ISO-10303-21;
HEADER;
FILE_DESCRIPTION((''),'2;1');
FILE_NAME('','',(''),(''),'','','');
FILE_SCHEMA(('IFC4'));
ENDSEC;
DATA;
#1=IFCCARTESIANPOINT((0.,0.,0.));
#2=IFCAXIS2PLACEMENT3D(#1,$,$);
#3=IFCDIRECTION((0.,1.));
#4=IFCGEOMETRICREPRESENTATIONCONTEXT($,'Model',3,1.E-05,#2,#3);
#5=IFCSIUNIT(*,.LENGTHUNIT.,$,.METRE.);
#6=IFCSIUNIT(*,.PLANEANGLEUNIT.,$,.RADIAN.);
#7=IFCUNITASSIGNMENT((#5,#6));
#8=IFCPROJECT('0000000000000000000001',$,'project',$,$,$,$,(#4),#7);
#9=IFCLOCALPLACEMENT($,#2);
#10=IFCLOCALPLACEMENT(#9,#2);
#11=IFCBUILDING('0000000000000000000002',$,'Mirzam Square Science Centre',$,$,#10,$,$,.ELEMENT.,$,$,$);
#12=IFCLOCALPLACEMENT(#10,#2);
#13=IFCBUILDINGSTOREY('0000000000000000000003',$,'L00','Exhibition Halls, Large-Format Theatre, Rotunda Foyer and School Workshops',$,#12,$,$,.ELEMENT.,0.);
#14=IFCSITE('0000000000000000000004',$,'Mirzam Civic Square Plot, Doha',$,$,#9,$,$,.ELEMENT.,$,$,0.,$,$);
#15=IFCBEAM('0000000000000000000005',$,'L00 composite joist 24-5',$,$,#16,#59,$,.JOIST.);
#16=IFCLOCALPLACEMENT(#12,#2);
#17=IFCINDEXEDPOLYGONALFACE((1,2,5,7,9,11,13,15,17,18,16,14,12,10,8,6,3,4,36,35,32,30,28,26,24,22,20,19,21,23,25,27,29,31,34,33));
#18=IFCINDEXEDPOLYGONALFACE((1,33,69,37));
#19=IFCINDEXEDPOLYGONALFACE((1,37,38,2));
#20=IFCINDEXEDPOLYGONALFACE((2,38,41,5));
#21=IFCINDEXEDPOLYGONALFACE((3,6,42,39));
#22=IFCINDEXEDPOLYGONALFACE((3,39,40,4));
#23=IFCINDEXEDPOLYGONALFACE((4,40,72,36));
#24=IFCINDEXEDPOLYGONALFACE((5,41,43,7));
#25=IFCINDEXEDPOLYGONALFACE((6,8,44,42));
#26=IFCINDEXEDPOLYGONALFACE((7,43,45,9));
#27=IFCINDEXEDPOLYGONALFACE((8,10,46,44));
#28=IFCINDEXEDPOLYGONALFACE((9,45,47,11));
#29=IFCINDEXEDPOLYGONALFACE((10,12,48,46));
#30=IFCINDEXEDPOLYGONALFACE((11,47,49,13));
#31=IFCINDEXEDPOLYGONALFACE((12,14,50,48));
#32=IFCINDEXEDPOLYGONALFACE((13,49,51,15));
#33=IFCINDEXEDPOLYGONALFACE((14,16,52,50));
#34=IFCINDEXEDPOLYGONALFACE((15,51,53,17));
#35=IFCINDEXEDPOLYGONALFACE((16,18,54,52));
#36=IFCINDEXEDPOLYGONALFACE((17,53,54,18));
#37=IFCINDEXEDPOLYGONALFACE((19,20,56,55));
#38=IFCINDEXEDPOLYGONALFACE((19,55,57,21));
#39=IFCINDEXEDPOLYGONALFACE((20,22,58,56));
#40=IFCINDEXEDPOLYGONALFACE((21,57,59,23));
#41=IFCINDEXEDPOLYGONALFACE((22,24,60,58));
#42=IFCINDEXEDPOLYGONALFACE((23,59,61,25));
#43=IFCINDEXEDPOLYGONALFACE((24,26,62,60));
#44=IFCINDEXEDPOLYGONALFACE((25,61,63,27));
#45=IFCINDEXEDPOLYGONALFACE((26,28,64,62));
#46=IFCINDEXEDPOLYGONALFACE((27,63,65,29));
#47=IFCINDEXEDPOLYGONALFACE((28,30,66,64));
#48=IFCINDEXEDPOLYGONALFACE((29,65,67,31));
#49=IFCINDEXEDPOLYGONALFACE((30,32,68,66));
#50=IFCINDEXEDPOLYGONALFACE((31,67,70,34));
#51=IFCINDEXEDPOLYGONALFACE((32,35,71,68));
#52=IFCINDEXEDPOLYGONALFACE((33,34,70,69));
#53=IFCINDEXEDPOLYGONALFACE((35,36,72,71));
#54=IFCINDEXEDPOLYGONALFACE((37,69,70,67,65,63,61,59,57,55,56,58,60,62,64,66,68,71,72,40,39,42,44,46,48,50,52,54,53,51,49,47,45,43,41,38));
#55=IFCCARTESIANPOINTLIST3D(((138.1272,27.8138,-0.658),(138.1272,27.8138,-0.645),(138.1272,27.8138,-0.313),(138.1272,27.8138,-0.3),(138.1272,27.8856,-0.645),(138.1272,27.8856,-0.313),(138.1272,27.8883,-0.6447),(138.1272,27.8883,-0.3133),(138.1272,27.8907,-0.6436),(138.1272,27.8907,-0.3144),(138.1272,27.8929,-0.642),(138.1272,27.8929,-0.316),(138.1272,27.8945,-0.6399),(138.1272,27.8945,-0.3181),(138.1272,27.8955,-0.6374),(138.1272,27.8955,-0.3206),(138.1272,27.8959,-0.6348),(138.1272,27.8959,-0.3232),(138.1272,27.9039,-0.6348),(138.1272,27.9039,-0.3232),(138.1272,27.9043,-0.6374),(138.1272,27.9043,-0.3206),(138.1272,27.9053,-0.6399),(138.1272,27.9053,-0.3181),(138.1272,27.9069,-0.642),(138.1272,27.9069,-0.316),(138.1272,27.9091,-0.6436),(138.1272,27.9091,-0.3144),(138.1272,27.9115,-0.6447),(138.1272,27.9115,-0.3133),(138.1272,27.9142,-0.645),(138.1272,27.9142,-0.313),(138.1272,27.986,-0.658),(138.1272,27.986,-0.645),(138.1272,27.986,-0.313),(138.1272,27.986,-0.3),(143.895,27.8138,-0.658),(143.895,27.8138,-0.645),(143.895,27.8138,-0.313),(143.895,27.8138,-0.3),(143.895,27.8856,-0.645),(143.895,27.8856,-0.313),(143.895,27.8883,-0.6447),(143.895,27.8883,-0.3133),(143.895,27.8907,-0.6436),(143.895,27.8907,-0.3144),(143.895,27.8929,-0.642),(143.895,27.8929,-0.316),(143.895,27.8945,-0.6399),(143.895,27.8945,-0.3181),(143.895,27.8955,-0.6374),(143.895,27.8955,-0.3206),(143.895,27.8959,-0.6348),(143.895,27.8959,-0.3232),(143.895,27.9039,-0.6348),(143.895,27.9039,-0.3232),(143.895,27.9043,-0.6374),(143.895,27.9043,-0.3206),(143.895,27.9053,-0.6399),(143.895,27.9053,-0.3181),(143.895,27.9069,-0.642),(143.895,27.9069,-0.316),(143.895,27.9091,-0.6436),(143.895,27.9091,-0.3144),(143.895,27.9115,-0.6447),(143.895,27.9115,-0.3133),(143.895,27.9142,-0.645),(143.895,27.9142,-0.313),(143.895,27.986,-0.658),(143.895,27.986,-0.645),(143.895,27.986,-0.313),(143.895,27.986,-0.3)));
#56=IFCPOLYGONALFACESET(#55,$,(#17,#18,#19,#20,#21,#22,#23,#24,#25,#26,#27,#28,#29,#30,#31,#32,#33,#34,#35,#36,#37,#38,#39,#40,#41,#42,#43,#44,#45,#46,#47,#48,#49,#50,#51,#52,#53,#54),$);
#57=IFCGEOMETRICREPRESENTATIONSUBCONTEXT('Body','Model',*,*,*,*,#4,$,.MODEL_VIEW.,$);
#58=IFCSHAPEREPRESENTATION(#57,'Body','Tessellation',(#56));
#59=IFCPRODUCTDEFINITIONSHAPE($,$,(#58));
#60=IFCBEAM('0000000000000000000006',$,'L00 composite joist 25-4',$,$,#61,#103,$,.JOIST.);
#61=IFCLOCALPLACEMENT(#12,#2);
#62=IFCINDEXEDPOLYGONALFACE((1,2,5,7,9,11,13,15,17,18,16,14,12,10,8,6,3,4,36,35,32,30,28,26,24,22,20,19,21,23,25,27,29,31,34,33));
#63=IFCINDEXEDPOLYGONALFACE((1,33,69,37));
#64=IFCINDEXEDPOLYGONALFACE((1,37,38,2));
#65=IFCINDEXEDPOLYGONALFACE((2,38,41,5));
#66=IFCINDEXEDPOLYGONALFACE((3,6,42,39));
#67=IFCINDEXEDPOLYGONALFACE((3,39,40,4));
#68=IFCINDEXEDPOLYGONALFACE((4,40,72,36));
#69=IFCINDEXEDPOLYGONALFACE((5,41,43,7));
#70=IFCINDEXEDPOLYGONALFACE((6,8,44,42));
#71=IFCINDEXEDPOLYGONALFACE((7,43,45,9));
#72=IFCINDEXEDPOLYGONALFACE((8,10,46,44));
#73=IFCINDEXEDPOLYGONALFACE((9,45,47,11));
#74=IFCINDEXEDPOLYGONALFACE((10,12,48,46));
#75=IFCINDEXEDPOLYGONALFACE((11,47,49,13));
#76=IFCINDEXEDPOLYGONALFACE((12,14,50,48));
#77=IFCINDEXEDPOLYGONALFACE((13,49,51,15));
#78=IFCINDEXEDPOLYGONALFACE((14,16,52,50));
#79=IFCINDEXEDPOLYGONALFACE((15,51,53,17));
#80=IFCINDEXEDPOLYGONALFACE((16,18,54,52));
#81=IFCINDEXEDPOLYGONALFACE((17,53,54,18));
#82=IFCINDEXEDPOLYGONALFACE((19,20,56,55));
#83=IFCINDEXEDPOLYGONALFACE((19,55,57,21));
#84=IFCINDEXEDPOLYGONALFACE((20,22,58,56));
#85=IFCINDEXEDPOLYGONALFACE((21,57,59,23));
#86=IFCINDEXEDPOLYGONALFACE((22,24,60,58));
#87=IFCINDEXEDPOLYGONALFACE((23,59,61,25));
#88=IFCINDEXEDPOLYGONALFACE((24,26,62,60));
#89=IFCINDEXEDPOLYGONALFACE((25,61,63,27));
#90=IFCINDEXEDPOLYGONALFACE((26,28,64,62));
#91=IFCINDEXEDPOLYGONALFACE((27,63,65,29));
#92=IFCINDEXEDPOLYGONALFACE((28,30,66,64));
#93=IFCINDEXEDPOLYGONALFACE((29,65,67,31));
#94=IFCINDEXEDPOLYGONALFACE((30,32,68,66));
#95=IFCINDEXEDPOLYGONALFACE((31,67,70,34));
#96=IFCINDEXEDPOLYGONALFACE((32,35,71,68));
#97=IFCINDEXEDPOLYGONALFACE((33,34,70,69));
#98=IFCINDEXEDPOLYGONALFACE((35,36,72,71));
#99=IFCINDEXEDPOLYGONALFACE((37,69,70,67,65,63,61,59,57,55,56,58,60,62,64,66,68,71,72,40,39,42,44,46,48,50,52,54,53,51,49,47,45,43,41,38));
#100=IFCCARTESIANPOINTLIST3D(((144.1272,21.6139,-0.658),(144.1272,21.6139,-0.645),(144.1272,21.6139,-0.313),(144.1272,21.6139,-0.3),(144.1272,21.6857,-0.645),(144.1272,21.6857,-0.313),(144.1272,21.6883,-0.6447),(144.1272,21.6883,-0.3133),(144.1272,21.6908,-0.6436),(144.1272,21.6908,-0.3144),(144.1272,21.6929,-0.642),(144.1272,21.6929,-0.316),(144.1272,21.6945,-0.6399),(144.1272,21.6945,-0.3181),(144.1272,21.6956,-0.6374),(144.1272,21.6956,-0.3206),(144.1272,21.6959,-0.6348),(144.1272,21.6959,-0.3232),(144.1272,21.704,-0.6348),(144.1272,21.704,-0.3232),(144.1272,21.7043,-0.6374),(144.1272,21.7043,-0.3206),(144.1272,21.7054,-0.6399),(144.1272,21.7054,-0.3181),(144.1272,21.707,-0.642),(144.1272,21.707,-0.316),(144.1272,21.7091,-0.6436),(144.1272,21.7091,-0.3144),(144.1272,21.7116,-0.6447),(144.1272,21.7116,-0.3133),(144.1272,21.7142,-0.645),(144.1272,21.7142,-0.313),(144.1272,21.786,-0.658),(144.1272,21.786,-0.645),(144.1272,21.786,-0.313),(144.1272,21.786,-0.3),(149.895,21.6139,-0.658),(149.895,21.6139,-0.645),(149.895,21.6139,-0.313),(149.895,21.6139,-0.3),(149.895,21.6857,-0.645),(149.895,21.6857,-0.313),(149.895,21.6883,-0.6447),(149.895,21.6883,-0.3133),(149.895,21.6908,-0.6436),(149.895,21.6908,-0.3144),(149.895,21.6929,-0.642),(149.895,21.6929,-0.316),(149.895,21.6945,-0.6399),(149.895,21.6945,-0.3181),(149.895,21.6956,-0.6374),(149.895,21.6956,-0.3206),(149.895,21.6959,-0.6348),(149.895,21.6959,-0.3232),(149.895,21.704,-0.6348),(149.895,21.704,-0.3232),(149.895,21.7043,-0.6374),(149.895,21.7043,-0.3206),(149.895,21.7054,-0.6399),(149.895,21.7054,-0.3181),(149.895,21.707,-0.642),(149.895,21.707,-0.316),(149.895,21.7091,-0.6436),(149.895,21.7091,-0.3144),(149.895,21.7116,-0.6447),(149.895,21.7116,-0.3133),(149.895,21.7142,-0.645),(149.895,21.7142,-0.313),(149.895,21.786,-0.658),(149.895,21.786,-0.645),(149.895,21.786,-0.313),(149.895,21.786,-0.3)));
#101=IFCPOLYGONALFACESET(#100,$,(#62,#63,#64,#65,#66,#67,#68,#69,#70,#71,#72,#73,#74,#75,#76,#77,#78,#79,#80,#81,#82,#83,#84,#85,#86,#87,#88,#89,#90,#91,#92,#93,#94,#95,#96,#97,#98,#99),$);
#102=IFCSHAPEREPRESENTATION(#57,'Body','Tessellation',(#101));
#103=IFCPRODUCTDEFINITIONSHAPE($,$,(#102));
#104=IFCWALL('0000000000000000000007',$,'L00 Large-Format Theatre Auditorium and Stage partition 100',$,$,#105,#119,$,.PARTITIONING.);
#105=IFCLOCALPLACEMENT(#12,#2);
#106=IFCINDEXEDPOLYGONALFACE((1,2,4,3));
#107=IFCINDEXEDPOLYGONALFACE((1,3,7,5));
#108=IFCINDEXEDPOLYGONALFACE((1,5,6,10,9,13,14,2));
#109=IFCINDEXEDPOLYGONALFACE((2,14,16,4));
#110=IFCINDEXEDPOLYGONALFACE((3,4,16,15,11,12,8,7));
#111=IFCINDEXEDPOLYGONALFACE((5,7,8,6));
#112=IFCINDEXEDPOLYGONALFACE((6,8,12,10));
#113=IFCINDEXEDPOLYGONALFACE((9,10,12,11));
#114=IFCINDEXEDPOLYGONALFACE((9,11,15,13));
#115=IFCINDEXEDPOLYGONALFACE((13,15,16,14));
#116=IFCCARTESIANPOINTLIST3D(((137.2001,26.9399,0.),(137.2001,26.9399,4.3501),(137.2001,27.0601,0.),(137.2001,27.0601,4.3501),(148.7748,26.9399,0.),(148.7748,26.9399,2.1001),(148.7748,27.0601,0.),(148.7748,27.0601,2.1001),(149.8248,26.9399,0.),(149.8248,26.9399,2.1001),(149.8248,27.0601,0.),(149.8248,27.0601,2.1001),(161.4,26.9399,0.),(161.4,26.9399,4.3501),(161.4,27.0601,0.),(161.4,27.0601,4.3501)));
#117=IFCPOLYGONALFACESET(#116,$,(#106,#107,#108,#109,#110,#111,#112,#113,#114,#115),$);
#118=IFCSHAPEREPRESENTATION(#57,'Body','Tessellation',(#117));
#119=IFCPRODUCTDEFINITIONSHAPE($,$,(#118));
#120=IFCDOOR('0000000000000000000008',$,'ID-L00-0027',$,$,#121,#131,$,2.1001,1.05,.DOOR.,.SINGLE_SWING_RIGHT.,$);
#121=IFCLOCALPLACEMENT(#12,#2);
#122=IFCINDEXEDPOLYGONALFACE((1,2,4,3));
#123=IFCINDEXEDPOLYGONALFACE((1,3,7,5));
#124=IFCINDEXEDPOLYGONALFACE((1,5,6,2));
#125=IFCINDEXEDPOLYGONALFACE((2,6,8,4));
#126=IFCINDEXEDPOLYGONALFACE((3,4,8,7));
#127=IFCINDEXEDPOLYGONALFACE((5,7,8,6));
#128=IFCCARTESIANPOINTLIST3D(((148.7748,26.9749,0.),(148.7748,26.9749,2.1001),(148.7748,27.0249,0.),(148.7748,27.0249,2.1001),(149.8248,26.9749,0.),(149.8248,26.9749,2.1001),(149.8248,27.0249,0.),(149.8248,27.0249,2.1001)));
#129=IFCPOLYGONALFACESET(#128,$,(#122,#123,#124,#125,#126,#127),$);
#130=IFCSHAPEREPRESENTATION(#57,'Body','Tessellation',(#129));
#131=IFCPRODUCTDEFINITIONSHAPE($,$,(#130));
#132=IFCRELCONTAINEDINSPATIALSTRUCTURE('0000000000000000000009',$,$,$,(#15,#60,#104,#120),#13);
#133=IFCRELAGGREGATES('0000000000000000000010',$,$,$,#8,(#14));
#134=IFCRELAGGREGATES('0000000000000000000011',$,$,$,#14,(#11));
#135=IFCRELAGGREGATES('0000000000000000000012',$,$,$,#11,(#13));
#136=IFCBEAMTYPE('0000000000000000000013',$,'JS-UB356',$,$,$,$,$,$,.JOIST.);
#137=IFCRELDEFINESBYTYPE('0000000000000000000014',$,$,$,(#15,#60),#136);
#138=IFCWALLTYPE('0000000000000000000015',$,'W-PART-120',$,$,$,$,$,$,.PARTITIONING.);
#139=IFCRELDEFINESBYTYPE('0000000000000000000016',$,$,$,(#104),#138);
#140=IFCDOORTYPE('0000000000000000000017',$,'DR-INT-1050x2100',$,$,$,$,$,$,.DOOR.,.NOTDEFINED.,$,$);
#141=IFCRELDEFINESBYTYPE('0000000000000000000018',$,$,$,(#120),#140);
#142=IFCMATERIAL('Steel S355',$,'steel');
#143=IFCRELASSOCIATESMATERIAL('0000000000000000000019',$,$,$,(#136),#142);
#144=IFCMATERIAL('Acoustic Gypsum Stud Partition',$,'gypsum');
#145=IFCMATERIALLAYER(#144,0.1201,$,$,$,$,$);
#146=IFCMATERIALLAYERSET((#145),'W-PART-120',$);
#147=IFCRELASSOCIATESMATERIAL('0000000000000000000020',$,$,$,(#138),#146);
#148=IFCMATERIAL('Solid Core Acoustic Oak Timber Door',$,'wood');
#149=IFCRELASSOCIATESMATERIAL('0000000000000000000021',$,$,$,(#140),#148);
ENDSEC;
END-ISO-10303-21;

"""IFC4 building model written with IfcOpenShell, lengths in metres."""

from ifc_helpers import new_model, si_unit, direction, frame, frame_2d, origin, origin_2d, place, context, subcontext, project, spatial, rectangle, i_section, extrude, material, layer, layer_set, material_profile, profile_set, type_object, element, fill, save


model = new_model("IFC4")

# Units and contexts
model_context = context("Model", 3, precision=1e-05, world=origin(), true_north=direction((0.0, 1.0)))
body_context = subcontext(model_context, "Body", "Model", "MODEL_VIEW")
ifc_project = project(units=[si_unit("LENGTHUNIT", "METRE"), si_unit("PLANEANGLEUNIT", "RADIAN")], contexts=[model_context])

# Site, building, storey
site_placement = place(None, origin())
site = spatial("IfcSite", under=ifc_project, at=site_placement, Name="Mirzam Civic Square Plot, Doha", CompositionType="ELEMENT", RefElevation=0.0)
building_placement = place(site_placement, origin())
building = spatial("IfcBuilding", under=site, at=building_placement, Name="Mirzam Square Science Centre", CompositionType="ELEMENT")
storey_placement = place(building_placement, origin())
storey = spatial("IfcBuildingStorey", under=building, at=storey_placement, Name="L00", Description="Exhibition Halls, Large-Format Theatre, Rotunda Foyer and School Workshops", CompositionType="ELEMENT", Elevation=0.0)

# Shared definitions
ifc_material_1 = material(Name="Steel S355", Category="steel")

# Beams
ifc_material_profile_1 = material_profile(ifc_material_1, i_section(OverallWidth=0.1721, OverallDepth=0.3579, WebThickness=0.0081, FlangeThickness=0.0129, FilletRadius=0.0103, at=origin_2d()), Name="356x171x57UB")
ifc_profile_set_1 = profile_set([ifc_material_profile_1], Name="Steel S355")
beam_type_1 = type_object("IfcBeamType", Name="JS-UB356", PredefinedType="JOIST", material=ifc_profile_set_1)
for number, where, z_axis, x_axis, name in (
    (1, (138.1272, 27.8999, -0.479), (1.0, 0.0, 0.0), (0.0, 1.0, 0.0), "L00 composite joist 24-5"),
    (2, (144.1272, 21.7, -0.479), (1.0, 0.0, 0.0), (0.0, 1.0, 0.0), "L00 composite joist 25-4"),
):
    element("IfcBeam", number, at=place(storey_placement, frame(where, z_axis=z_axis, x_axis=x_axis)), inside=storey, type_object=beam_type_1, Name=name, PredefinedType="JOIST", context=body_context, shape_type="SweptSolid", body=[
        extrude(i_section(OverallWidth=0.1721, OverallDepth=0.3579, WebThickness=0.0081, FlangeThickness=0.0129, FilletRadius=0.0103, at=origin_2d()), origin(), (0.0, 0.0, 1.0), 5.7678),
    ])

# Wall, opening, door
ifc_material_2 = material(Name="Acoustic Gypsum Stud Partition", Category="gypsum")
ifc_layer_1 = layer(ifc_material_2, 0.1201)
ifc_layer_set_1 = layer_set([ifc_layer_1], Name="W-PART-120")
wall_type = type_object("IfcWallType", Name="W-PART-120", PredefinedType="PARTITIONING", material=ifc_layer_set_1)
wall_placement = place(storey_placement, frame((137.2, 27.0, 0.0), z_axis=(0.0, 0.0, 1.0), x_axis=(1.0, 0.0, 0.0)))
wall = element("IfcWall", 3, at=wall_placement, inside=storey, type_object=wall_type, Name="L00 Large-Format Theatre Auditorium and Stage partition 100", PredefinedType="PARTITIONING", context=body_context, shape_type="SweptSolid", body=[
    extrude(rectangle(XDim=24.2, YDim=0.1201, at=frame_2d((12.1001, 0.0))), origin(), (0.0, 0.0, 1.0), 4.3501),
])
opening_placement = place(wall_placement, frame((11.575, 0.0, 0.0)))
opening = element("IfcOpeningElement", 4, at=opening_placement, cuts=wall, PredefinedType="OPENING", context=body_context, shape_type="SweptSolid", body=[
    extrude(rectangle(XDim=1.05, YDim=2.1001, at=frame_2d((0.5249, 1.05))), frame((0.0, 0.0701, 0.0), z_axis=(0.0, -1.0, 0.0), x_axis=(1.0, 0.0, 0.0)), (0.0, 0.0, 1.0), 0.1401),
])
ifc_material_3 = material(Name="Solid Core Acoustic Oak Timber Door", Category="wood")
door_type = type_object("IfcDoorType", Name="DR-INT-1050x2100", OperationType="NOTDEFINED", PredefinedType="DOOR", material=ifc_material_3)
door_placement = place(opening_placement, origin())
door = element("IfcDoor", 5, at=door_placement, inside=storey, type_object=door_type, Name="ID-L00-0027", OperationType="SINGLE_SWING_RIGHT", OverallHeight=2.1001, OverallWidth=1.05, PredefinedType="DOOR", context=body_context, shape_type="SweptSolid", body=[
    extrude(rectangle(XDim=1.05, YDim=2.1001, at=frame_2d((0.5249, 1.05))), frame((0.0, 0.0249, 0.0), z_axis=(0.0, -1.0, 0.0), x_axis=(1.0, 0.0, 0.0)), (0.0, 0.0, 1.0), 0.05),
])
fill(opening, door)

save(model, "model.ifc")
